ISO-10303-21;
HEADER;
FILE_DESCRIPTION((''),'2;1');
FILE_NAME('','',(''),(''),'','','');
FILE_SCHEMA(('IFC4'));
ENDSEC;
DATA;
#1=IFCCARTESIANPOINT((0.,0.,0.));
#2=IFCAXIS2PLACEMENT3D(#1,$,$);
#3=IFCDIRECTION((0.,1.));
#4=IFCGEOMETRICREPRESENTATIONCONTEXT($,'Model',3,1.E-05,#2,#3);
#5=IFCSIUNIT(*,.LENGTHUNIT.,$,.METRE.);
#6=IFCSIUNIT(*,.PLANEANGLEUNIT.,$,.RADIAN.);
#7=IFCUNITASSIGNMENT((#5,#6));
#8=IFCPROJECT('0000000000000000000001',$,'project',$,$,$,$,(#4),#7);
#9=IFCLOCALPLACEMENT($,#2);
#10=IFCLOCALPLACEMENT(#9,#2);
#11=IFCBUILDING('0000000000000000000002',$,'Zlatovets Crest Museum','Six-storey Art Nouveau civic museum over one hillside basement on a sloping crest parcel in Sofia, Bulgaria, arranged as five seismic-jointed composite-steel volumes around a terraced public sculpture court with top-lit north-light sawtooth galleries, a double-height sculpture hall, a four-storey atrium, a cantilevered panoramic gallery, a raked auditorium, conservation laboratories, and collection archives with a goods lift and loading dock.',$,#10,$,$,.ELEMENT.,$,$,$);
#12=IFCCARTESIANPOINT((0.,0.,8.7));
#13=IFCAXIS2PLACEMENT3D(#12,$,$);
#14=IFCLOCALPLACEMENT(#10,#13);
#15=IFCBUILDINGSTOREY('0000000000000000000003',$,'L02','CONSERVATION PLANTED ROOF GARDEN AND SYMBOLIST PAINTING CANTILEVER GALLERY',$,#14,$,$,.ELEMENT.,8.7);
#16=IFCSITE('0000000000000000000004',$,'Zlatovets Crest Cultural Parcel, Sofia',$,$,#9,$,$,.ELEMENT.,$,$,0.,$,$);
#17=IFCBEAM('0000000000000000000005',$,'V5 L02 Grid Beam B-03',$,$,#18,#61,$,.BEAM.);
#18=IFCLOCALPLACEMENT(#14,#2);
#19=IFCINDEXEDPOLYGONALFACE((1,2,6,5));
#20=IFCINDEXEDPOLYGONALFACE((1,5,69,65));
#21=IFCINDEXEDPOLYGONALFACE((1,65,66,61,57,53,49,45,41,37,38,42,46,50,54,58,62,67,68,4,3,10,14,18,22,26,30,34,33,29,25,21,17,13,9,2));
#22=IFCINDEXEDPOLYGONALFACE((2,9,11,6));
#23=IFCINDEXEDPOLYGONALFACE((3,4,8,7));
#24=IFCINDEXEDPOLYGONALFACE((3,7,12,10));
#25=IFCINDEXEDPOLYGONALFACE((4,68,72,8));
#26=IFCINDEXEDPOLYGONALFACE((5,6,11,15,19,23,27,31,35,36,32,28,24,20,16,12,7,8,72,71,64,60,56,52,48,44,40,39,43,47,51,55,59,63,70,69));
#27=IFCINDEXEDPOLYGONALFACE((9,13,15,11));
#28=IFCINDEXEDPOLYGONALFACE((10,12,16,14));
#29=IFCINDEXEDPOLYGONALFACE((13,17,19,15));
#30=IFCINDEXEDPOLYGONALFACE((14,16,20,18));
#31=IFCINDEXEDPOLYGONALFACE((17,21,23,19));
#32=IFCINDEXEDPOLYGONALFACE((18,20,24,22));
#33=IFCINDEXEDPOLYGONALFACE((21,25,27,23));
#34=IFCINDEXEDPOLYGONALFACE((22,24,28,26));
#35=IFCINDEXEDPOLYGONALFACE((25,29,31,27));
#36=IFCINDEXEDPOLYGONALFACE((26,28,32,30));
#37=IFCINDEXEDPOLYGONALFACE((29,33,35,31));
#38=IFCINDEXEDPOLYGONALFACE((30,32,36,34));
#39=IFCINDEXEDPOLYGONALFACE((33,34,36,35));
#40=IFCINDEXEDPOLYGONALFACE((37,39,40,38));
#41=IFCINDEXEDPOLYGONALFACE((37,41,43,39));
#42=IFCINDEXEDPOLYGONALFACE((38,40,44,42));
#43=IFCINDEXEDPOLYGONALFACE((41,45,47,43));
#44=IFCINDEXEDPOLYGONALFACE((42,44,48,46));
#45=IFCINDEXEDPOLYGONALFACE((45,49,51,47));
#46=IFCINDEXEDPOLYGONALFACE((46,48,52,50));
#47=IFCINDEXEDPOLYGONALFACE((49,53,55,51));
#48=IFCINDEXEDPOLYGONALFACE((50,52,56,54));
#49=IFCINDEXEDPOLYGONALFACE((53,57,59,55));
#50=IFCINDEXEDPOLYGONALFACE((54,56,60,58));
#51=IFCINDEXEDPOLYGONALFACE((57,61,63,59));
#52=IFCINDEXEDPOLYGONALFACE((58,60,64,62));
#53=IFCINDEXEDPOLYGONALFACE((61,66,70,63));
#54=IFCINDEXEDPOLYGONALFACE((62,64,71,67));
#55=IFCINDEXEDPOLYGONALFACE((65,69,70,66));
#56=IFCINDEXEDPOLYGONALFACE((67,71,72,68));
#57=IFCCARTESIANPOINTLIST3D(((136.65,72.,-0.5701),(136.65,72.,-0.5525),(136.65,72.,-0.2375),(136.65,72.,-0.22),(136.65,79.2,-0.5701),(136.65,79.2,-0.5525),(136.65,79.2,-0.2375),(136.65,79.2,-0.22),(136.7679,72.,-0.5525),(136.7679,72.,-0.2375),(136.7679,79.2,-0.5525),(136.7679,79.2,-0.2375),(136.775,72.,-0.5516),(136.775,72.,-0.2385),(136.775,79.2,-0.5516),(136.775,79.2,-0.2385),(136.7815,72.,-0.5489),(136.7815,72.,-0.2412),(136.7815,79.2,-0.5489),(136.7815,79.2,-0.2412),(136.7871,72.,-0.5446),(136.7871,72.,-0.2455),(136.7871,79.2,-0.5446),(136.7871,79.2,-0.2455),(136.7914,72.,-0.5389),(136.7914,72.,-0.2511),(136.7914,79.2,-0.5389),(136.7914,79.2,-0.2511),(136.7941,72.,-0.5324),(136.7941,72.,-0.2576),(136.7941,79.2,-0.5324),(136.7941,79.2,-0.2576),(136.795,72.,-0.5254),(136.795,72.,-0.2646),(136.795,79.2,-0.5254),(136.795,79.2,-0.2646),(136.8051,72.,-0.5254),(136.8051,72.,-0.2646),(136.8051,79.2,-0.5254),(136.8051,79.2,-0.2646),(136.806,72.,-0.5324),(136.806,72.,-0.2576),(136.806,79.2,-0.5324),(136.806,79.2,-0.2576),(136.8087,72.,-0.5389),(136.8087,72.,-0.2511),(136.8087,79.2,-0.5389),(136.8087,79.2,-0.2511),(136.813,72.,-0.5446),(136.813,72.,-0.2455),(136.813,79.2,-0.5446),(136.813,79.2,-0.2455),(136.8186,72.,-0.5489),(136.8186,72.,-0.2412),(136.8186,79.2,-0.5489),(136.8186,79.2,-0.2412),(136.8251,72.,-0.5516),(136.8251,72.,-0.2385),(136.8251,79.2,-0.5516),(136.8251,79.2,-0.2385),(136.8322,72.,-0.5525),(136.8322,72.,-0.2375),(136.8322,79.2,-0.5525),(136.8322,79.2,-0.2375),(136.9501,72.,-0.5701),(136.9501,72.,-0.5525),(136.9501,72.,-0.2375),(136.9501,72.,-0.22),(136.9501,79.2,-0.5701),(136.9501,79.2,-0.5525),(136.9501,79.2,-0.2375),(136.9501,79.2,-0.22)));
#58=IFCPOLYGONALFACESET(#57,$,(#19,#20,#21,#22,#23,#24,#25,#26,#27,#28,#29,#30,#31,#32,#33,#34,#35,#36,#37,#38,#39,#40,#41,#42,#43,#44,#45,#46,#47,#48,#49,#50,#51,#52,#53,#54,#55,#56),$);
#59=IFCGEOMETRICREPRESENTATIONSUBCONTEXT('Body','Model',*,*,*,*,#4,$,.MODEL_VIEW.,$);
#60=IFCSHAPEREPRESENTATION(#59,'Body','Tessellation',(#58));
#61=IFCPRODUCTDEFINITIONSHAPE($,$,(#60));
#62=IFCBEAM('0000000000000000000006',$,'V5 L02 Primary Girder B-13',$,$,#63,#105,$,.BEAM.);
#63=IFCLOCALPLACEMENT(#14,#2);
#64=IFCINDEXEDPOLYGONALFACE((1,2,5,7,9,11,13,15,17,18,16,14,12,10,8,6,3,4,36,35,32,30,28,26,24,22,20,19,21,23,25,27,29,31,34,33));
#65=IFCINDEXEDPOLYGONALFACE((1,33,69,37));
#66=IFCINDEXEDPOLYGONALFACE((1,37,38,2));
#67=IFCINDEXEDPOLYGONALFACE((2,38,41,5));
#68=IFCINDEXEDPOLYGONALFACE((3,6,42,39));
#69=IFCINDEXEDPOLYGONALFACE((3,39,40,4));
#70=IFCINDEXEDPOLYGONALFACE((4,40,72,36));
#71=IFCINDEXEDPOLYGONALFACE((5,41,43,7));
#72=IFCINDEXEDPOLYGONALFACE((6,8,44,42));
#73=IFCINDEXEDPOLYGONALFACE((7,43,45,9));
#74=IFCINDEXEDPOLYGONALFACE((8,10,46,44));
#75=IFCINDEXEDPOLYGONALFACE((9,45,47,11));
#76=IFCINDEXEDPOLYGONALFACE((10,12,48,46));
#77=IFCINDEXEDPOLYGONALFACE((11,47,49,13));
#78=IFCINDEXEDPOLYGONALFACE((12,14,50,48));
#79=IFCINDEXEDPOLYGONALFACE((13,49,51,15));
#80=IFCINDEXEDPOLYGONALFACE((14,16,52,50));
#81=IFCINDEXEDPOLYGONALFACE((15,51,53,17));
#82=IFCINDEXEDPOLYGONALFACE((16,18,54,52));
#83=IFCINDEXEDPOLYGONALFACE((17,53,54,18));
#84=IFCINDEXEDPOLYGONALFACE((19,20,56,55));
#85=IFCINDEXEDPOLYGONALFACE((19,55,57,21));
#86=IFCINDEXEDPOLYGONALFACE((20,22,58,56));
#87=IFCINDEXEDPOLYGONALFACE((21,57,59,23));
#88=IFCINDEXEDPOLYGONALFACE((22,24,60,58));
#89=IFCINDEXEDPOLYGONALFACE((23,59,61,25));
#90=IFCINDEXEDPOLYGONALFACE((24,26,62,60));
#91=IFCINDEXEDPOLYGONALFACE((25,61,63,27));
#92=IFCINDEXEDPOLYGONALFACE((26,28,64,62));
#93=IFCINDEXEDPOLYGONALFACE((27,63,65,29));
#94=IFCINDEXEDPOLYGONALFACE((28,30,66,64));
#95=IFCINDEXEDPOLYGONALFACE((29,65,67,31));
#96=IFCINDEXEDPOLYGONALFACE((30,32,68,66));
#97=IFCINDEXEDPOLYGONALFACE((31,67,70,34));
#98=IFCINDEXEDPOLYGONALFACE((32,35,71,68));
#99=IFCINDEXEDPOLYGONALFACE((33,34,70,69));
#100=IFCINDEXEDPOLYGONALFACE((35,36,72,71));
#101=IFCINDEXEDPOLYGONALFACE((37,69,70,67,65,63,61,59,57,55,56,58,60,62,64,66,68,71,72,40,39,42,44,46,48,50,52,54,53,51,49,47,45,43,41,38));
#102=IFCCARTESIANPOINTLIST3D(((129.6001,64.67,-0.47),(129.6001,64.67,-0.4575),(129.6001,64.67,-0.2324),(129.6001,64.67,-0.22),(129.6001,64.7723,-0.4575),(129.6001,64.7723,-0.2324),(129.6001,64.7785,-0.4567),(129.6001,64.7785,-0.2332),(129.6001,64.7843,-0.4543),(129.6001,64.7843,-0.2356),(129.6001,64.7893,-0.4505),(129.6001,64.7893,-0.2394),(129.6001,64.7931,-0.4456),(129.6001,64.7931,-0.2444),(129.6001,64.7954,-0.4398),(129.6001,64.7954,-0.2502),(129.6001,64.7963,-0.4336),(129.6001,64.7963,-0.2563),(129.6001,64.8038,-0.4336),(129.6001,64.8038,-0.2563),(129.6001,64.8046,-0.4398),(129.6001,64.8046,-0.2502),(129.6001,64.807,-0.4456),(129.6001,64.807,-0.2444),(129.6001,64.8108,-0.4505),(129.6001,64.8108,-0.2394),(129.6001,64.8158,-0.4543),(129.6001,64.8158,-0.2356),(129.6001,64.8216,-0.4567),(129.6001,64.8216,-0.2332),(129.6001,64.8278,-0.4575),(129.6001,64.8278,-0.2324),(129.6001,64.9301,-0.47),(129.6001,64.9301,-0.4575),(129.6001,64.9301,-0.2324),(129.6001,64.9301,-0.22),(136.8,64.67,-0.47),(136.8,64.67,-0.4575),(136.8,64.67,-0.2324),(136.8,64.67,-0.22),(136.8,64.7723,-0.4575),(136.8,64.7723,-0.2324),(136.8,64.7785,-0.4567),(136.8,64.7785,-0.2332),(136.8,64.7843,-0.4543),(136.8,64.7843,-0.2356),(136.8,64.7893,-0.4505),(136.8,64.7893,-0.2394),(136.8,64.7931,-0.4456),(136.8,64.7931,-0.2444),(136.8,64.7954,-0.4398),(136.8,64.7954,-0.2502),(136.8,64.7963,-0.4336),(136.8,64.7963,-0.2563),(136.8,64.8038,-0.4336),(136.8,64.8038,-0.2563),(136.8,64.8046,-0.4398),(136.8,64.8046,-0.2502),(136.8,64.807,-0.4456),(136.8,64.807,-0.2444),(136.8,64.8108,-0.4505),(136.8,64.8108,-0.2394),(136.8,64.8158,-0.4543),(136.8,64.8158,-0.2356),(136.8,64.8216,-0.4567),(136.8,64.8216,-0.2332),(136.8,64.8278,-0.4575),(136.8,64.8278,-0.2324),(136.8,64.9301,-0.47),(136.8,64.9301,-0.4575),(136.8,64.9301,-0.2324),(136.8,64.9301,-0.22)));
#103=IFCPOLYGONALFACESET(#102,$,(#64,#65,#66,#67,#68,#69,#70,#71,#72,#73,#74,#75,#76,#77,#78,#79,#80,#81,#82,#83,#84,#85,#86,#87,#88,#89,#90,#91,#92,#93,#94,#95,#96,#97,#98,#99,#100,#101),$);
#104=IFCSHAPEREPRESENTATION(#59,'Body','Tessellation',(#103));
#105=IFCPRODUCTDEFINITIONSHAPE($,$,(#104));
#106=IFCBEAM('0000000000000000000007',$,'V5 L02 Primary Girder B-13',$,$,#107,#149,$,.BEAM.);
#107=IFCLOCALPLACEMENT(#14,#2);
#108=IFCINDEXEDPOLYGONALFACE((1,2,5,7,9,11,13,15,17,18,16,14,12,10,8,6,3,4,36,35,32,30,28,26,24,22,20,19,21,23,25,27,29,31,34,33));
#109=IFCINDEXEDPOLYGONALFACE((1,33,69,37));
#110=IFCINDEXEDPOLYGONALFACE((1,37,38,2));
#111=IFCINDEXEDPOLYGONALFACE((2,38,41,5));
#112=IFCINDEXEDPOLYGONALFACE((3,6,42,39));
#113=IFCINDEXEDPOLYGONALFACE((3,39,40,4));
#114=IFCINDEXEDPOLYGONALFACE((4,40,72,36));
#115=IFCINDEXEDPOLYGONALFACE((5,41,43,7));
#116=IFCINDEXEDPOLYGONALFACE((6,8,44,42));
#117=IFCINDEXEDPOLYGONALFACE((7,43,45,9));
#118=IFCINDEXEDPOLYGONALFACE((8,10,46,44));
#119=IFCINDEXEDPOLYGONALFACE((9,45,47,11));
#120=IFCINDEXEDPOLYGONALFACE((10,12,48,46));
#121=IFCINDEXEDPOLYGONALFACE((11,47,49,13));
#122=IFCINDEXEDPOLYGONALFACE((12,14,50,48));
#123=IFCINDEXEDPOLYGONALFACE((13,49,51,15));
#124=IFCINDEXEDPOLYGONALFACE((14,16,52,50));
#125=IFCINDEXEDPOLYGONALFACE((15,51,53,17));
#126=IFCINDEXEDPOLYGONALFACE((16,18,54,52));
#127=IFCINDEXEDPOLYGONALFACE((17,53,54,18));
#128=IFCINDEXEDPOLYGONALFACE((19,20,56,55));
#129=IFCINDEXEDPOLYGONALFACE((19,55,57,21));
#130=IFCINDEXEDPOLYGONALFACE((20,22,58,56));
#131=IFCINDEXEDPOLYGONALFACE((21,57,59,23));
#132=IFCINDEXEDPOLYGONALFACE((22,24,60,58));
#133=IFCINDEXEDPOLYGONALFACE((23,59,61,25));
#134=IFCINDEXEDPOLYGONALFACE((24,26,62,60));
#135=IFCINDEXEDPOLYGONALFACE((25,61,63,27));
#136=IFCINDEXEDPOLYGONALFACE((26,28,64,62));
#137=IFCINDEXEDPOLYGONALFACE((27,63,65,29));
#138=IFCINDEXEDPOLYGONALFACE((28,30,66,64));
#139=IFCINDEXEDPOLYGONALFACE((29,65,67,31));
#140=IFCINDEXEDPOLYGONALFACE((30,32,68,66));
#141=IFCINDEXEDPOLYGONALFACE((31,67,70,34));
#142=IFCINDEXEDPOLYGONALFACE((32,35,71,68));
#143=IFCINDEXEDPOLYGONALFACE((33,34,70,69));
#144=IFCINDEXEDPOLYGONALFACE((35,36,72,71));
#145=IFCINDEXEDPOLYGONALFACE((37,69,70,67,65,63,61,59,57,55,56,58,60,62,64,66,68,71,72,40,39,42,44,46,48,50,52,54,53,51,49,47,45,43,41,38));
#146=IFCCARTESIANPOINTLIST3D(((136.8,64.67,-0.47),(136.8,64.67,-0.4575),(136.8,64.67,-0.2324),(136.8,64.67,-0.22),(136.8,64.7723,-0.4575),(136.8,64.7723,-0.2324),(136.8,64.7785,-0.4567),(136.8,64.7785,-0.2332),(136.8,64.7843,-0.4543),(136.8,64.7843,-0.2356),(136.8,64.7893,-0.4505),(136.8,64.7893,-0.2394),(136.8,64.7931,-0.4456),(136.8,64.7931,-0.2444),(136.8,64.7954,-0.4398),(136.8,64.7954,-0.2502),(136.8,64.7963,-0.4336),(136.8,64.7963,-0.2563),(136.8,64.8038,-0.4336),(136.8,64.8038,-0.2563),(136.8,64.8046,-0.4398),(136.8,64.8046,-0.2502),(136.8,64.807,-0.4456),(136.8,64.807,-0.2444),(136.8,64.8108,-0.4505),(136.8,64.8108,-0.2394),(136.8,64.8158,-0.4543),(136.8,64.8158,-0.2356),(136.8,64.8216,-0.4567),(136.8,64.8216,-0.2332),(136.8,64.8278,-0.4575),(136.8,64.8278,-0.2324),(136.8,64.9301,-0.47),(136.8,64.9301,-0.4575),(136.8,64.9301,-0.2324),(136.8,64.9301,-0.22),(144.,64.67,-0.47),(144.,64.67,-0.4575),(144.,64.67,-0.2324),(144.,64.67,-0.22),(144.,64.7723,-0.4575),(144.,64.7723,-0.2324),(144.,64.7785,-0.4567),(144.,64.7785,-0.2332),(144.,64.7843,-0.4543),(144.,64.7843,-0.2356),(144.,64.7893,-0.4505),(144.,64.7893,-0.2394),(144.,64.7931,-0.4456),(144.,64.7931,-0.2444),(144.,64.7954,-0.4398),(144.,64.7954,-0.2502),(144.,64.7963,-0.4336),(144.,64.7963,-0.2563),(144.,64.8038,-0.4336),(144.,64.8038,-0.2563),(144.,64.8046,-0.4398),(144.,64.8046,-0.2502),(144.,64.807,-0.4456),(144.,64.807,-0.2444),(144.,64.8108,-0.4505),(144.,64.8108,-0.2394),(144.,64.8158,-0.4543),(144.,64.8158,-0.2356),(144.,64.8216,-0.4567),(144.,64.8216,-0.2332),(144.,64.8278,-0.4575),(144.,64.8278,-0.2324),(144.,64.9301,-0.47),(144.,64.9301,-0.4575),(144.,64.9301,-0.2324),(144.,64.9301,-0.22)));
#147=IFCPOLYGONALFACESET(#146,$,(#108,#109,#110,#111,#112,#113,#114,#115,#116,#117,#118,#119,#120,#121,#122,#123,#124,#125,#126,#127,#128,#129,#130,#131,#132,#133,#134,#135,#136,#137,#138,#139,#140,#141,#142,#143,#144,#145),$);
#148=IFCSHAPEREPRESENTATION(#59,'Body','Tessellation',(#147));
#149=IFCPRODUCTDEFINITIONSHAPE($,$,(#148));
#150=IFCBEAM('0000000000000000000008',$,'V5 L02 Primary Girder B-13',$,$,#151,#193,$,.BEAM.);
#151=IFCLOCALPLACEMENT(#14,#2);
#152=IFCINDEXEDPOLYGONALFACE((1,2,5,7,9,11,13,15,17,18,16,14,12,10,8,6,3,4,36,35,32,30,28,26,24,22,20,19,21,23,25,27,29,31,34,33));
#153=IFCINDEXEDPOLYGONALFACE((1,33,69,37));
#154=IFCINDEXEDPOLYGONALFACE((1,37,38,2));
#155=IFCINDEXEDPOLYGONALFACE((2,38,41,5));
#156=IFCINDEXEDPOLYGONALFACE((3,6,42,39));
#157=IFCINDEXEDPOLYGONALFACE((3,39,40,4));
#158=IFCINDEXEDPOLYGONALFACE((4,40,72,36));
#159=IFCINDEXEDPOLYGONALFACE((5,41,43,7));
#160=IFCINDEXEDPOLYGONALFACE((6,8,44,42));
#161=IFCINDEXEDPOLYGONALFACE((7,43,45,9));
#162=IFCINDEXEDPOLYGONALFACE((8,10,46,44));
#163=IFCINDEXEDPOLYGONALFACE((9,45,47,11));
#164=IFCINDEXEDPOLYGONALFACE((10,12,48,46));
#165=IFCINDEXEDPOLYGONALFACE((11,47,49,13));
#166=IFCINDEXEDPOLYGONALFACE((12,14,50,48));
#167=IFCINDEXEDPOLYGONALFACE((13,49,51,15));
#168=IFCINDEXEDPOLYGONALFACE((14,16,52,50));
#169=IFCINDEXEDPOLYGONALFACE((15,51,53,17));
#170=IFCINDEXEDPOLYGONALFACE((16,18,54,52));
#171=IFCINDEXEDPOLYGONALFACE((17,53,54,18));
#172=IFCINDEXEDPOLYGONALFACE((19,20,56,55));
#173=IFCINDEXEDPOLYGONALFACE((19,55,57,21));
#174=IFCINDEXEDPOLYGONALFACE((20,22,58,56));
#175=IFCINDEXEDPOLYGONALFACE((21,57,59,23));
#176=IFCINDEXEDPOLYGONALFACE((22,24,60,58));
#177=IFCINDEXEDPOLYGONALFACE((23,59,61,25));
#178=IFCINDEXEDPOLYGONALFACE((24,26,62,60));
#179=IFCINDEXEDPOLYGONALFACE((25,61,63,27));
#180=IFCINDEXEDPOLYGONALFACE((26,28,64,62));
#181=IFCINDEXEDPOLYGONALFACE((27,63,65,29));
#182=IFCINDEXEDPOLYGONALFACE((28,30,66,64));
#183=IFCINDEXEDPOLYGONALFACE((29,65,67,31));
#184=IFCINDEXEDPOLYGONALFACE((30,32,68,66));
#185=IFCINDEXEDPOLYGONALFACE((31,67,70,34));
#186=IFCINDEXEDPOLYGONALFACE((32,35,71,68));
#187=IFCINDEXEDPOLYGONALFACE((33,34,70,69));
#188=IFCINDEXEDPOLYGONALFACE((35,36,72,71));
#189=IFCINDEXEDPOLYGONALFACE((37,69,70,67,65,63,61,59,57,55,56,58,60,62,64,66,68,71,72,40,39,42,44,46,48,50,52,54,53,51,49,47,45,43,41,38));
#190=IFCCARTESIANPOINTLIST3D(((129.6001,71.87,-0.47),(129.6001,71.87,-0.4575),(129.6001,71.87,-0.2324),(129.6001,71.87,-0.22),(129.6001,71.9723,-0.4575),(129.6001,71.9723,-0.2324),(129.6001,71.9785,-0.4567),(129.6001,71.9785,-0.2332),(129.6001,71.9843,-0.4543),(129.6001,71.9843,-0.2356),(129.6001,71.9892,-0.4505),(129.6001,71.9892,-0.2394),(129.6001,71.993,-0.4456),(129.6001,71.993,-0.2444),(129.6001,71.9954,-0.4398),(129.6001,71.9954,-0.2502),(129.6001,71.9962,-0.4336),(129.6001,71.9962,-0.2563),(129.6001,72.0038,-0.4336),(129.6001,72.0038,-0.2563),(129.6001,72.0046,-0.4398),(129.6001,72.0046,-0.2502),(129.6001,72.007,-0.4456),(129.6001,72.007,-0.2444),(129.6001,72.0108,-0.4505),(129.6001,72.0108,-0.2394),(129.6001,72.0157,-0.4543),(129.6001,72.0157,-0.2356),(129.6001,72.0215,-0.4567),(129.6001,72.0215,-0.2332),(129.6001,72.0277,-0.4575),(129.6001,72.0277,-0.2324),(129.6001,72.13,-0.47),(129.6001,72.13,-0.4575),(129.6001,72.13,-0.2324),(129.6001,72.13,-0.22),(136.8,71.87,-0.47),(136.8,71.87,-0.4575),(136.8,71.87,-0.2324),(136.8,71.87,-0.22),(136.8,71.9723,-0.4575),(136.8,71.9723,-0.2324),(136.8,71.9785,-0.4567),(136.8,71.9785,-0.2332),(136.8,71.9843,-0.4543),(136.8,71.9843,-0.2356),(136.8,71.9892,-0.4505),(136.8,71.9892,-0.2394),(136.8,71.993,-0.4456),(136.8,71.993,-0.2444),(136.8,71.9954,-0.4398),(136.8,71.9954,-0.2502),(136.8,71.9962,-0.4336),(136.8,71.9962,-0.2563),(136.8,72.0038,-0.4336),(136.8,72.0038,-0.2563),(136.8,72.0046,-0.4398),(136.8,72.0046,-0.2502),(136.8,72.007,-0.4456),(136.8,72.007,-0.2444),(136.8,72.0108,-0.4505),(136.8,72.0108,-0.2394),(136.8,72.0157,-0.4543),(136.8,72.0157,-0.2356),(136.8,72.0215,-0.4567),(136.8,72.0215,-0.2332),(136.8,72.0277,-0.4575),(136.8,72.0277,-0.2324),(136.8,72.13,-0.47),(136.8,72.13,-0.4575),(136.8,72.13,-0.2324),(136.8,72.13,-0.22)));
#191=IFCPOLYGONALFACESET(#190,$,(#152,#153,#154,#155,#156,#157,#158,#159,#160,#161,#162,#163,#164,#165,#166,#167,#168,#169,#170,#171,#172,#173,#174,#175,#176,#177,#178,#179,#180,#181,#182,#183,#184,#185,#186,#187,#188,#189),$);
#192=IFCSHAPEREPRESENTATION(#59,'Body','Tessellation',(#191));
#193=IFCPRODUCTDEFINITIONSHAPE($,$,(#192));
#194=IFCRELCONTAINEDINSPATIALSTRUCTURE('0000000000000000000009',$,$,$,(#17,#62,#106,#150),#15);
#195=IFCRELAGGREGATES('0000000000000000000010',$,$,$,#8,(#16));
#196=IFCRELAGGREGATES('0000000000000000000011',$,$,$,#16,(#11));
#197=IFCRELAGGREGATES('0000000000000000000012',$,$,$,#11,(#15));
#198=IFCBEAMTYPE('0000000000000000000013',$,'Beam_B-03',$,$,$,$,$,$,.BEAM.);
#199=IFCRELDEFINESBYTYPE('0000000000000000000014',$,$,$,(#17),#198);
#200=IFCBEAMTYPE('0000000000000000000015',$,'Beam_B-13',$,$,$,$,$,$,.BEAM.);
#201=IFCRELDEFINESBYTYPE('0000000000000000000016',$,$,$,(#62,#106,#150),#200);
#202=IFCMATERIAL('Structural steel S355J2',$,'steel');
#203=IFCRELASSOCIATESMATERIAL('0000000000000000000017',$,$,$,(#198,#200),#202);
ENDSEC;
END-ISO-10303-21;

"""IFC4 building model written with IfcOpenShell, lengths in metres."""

from ifc_helpers import new_model, si_unit, direction, frame, origin, origin_2d, place, context, subcontext, project, spatial, i_section, extrude, material, material_profile, profile_set, type_object, element, save


model = new_model("IFC4")

# Units and contexts
model_context = context("Model", 3, precision=1e-05, world=origin(), true_north=direction((0.0, 1.0)))
body_context = subcontext(model_context, "Body", "Model", "MODEL_VIEW")
ifc_project = project(units=[si_unit("LENGTHUNIT", "METRE"), si_unit("PLANEANGLEUNIT", "RADIAN")], contexts=[model_context])

# Site, building, storey
site_placement = place(None, origin())
site = spatial("IfcSite", under=ifc_project, at=site_placement, Name="Zlatovets Crest Cultural Parcel, Sofia", CompositionType="ELEMENT", RefElevation=0.0)
building_placement = place(site_placement, origin())
building = spatial("IfcBuilding", under=site, at=building_placement, Name="Zlatovets Crest Museum", Description="Six-storey Art Nouveau civic museum over one hillside basement on a sloping crest parcel in Sofia, Bulgaria, arranged as five seismic-jointed composite-steel volumes around a terraced public sculpture court with top-lit north-light sawtooth galleries, a double-height sculpture hall, a four-storey atrium, a cantilevered panoramic gallery, a raked auditorium, conservation laboratories, and collection archives with a goods lift and loading dock.", CompositionType="ELEMENT")
storey_placement = place(building_placement, frame((0.0, 0.0, 8.7)))
storey = spatial("IfcBuildingStorey", under=building, at=storey_placement, Name="L02", Description="CONSERVATION PLANTED ROOF GARDEN AND SYMBOLIST PAINTING CANTILEVER GALLERY", CompositionType="ELEMENT", Elevation=8.7)

# Shared definitions
ifc_material_1 = material(Name="Structural steel S355J2", Category="steel")

# Beams
ifc_material_profile_1 = material_profile(ifc_material_1, i_section(OverallWidth=0.3, OverallDepth=0.3501, WebThickness=0.01, FlangeThickness=0.0176, FilletRadius=0.0271, at=origin_2d()), Name="HEA 360")
ifc_profile_set_1 = profile_set([ifc_material_profile_1], Name="Structural steel S355J2")
beam_type_1 = type_object("IfcBeamType", Name="Beam_B-03", PredefinedType="BEAM", material=ifc_profile_set_1)
for number, where, z_axis, x_axis, name in (
    (1, (136.8, 72.0, -0.395), (0.0, 1.0, 0.0), (-1.0, 0.0, 0.0), "V5 L02 Grid Beam B-03"),
):
    element("IfcBeam", number, at=place(storey_placement, frame(where, z_axis=z_axis, x_axis=x_axis)), inside=storey, type_object=beam_type_1, Name=name, PredefinedType="BEAM", context=body_context, shape_type="SweptSolid", body=[
        extrude(i_section(OverallWidth=0.3, OverallDepth=0.3501, WebThickness=0.01, FlangeThickness=0.0176, FilletRadius=0.0271, at=origin_2d()), origin(), (0.0, 0.0, 1.0), 7.2),
    ])
ifc_material_profile_2 = material_profile(ifc_material_1, i_section(OverallWidth=0.26, OverallDepth=0.25, WebThickness=0.0076, FlangeThickness=0.0125, FilletRadius=0.0239, at=origin_2d()), Name="HEA 260")
ifc_profile_set_2 = profile_set([ifc_material_profile_2], Name="Structural steel S355J2")
beam_type_2 = type_object("IfcBeamType", Name="Beam_B-13", PredefinedType="BEAM", material=ifc_profile_set_2)
for number, where, z_axis, x_axis, name in (
    (2, (129.6001, 64.8, -0.345), (1.0, 0.0, 0.0), (0.0, 1.0, 0.0), "V5 L02 Primary Girder B-13"),
    (3, (136.8, 64.8, -0.345), (1.0, 0.0, 0.0), (0.0, 1.0, 0.0), "V5 L02 Primary Girder B-13"),
    (4, (129.6001, 72.0, -0.345), (1.0, 0.0, 0.0), (0.0, 1.0, 0.0), "V5 L02 Primary Girder B-13"),
):
    element("IfcBeam", number, at=place(storey_placement, frame(where, z_axis=z_axis, x_axis=x_axis)), inside=storey, type_object=beam_type_2, Name=name, PredefinedType="BEAM", context=body_context, shape_type="SweptSolid", body=[
        extrude(i_section(OverallWidth=0.26, OverallDepth=0.25, WebThickness=0.0076, FlangeThickness=0.0125, FilletRadius=0.0239, at=origin_2d()), origin(), (0.0, 0.0, 1.0), 7.2),
    ])

save(model, "model.ifc")
